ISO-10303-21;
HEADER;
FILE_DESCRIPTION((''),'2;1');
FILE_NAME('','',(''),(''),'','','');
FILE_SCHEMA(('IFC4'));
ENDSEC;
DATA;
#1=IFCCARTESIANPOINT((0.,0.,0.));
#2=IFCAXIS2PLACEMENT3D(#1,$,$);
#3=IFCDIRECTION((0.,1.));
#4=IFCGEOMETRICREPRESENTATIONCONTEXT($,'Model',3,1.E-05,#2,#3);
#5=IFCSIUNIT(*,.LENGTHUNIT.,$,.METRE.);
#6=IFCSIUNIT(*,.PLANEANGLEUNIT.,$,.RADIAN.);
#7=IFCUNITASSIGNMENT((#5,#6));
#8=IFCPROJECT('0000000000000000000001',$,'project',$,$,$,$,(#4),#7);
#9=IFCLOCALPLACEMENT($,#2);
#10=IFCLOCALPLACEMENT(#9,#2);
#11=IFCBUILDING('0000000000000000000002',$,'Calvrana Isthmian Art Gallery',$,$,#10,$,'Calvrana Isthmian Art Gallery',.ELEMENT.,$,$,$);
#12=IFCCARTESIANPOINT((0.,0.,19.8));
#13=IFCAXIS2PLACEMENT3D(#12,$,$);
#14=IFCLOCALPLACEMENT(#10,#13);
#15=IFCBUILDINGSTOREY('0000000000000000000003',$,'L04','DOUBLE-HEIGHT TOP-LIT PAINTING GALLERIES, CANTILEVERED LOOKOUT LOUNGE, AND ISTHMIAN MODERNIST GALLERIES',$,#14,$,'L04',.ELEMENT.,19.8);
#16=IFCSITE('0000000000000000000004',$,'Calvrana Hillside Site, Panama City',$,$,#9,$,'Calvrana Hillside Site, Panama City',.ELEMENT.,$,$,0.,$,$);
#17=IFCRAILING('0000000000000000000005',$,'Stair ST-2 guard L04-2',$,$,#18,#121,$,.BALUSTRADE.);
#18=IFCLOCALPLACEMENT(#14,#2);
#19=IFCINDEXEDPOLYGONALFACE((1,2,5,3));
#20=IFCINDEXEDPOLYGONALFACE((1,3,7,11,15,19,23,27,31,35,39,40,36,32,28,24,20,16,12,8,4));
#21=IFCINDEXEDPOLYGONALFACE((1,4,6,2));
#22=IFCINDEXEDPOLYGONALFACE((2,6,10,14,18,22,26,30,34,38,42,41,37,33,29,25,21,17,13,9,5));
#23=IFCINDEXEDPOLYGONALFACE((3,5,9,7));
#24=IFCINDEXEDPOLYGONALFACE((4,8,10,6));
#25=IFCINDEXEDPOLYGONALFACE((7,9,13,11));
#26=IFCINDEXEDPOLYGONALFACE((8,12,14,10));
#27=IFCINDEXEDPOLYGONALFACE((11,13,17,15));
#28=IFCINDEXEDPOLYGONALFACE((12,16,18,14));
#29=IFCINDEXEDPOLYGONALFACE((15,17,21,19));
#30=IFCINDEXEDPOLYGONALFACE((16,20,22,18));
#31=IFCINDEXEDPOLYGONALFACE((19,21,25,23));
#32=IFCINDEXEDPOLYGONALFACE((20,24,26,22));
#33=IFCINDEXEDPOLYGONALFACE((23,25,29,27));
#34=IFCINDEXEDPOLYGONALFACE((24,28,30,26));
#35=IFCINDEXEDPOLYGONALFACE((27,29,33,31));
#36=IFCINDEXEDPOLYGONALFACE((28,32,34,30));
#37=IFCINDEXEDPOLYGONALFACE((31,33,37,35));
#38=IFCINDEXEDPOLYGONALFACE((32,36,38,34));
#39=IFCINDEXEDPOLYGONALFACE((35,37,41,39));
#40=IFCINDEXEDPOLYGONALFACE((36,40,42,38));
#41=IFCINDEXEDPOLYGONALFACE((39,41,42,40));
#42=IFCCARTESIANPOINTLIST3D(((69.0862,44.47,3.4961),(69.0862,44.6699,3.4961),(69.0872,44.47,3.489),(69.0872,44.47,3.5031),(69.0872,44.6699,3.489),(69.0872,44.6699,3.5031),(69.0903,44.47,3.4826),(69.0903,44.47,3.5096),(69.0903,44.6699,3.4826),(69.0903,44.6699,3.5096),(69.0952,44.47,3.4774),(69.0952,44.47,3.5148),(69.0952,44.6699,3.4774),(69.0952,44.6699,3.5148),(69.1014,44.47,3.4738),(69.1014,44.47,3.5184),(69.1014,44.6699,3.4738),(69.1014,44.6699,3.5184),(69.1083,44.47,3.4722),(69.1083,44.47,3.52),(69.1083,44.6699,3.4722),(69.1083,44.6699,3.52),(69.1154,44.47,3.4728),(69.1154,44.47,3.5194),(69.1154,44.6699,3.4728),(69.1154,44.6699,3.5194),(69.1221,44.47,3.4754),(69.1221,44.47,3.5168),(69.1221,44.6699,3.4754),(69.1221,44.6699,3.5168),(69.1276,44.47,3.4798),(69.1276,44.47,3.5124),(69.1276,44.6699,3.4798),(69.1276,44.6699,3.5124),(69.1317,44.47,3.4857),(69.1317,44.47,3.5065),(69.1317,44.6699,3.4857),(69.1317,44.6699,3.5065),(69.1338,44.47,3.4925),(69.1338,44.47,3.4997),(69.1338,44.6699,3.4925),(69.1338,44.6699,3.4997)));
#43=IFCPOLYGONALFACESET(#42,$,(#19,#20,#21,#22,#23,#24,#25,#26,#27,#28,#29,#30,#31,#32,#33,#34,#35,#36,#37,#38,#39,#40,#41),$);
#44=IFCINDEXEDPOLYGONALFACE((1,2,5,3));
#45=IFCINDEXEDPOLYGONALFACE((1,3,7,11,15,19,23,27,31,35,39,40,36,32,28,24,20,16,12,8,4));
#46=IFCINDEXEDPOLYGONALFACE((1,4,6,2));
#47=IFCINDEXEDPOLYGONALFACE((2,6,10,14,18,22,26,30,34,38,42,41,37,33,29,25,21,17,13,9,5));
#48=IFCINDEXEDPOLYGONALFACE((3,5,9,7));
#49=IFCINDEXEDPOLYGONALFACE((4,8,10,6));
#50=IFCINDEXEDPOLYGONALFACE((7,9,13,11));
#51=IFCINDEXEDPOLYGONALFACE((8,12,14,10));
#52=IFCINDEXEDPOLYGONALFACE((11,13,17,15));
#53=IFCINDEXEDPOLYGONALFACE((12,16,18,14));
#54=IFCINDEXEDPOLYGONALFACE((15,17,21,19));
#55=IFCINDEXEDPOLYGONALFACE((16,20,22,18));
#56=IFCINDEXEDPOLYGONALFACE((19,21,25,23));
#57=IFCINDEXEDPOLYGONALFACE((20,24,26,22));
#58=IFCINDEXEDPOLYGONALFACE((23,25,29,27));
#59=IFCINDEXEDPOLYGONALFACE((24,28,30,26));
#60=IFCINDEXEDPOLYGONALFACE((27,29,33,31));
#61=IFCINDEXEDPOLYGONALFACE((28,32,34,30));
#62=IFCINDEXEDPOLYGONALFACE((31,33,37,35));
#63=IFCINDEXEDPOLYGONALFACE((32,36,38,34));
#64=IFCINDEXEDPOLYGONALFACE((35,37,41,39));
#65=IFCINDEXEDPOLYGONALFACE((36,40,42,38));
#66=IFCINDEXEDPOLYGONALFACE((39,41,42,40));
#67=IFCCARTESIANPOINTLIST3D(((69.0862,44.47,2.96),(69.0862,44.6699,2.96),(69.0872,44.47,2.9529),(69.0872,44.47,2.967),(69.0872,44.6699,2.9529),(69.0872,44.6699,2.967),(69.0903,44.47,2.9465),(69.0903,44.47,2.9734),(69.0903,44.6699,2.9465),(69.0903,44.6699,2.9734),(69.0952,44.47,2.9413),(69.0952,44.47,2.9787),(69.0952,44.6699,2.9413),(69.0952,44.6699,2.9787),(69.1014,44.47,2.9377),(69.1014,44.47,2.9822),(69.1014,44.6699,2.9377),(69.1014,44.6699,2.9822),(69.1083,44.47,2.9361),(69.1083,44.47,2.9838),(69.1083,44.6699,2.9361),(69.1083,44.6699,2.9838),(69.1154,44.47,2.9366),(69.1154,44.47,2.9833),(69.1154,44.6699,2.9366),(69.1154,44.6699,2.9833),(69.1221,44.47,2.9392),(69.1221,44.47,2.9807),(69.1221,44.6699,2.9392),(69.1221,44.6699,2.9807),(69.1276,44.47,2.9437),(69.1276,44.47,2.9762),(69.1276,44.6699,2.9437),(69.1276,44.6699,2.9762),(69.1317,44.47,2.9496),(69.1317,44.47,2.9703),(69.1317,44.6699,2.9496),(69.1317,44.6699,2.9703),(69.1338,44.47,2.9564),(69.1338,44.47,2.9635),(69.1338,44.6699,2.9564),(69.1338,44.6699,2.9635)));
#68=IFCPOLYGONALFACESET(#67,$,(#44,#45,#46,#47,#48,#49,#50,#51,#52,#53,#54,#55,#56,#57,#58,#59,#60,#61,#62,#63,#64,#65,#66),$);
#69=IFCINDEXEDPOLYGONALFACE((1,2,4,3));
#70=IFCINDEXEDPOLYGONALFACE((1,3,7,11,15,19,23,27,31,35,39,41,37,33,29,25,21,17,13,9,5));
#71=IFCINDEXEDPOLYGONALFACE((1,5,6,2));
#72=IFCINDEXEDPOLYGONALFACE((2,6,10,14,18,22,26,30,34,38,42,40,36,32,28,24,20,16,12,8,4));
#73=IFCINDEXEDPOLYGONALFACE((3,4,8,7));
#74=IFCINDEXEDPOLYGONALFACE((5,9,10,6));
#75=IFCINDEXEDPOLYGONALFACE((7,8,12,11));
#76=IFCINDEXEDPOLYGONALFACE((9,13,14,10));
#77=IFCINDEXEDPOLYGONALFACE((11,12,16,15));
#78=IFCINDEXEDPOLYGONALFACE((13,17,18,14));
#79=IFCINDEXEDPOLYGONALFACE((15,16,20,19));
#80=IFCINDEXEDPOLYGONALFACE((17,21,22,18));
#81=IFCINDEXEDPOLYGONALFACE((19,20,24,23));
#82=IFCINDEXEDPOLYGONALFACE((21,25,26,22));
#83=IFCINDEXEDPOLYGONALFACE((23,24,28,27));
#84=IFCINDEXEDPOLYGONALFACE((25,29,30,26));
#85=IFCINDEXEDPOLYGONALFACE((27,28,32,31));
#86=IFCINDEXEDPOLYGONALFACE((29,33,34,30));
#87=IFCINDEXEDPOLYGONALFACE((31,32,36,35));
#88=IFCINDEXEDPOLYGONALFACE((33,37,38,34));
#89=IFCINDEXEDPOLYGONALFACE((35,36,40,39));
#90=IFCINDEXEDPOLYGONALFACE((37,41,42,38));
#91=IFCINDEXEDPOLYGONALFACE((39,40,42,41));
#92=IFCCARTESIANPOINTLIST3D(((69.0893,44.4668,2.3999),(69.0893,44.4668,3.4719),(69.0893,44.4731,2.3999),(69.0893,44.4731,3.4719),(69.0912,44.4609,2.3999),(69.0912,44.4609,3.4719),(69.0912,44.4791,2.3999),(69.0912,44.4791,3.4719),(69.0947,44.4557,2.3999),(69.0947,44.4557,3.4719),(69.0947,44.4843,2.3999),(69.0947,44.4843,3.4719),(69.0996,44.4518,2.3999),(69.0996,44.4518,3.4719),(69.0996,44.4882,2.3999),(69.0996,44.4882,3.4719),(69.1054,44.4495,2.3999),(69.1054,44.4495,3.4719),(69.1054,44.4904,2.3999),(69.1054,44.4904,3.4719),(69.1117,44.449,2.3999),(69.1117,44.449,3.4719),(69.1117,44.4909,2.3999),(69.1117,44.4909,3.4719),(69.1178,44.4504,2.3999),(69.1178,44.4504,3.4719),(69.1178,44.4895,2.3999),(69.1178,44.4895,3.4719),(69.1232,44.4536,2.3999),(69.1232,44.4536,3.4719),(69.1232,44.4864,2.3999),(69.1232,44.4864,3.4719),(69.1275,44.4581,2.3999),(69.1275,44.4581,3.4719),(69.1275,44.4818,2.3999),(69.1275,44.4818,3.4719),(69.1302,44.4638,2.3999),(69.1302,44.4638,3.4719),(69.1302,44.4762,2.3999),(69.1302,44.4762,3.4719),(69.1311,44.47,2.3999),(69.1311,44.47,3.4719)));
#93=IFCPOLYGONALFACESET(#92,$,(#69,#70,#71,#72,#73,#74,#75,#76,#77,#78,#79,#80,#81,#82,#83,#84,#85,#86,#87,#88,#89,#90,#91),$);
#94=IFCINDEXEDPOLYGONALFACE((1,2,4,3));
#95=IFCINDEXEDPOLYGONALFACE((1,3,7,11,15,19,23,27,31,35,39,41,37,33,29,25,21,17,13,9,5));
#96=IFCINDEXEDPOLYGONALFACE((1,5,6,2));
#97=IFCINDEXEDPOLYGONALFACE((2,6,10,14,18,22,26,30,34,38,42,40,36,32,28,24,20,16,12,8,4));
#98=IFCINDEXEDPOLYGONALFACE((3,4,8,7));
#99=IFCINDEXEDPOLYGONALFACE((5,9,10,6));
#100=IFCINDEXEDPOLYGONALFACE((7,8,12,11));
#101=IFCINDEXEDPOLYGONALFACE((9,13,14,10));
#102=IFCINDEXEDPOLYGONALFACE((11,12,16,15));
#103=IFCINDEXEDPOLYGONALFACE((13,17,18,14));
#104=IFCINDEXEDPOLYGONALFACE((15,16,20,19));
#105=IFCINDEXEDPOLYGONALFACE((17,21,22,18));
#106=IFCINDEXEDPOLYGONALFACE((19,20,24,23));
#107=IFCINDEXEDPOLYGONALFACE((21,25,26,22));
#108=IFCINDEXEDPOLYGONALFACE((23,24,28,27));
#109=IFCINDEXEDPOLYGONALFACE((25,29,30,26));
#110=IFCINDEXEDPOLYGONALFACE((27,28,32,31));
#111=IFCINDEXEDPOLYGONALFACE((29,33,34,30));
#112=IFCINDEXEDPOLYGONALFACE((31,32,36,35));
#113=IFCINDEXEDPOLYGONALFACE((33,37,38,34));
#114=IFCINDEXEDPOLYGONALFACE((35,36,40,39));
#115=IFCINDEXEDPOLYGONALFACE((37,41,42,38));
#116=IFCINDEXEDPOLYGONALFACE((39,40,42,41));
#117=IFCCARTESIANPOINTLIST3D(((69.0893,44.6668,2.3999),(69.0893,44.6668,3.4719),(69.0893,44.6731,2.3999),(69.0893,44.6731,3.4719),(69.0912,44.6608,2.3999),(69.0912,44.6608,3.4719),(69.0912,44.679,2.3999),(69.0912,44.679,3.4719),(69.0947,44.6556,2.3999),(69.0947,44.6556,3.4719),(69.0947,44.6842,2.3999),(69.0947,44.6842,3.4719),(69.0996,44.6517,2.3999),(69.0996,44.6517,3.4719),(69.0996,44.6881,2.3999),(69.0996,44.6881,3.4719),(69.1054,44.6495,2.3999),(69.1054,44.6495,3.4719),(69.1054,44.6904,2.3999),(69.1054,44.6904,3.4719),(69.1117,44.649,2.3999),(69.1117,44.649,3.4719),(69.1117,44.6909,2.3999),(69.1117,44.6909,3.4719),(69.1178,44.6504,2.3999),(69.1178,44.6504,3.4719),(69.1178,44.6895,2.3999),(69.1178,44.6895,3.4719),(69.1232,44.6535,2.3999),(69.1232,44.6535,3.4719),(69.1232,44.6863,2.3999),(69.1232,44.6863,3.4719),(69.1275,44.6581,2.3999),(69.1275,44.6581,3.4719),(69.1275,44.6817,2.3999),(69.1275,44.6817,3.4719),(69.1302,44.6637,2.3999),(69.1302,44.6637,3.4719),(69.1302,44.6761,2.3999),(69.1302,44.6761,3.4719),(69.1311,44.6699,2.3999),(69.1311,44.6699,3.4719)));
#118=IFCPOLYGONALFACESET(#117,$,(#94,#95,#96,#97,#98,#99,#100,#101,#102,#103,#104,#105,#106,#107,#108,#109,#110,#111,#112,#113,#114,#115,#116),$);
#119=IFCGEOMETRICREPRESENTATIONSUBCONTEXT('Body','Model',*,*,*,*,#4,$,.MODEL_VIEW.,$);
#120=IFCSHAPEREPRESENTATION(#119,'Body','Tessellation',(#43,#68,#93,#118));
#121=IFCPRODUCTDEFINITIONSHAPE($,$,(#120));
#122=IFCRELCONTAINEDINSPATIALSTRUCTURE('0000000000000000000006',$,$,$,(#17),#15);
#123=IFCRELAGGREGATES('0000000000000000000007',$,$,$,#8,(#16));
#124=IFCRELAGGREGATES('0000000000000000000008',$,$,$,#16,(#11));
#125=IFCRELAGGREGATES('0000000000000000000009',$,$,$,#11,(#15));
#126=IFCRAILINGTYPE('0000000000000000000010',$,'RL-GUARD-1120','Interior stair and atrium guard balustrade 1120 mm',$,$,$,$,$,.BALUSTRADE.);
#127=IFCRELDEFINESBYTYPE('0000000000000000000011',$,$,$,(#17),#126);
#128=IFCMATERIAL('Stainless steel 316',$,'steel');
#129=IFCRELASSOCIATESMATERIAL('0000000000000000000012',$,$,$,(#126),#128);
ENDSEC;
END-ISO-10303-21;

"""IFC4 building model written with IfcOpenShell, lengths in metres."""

from ifc_helpers import new_model, si_unit, direction, frame, origin, origin_2d, place, context, subcontext, project, spatial, circle, extrude, material, type_object, element, save


model = new_model("IFC4")

# Units and contexts
model_context = context("Model", 3, precision=1e-05, world=origin(), true_north=direction((0.0, 1.0)))
body_context = subcontext(model_context, "Body", "Model", "MODEL_VIEW")
ifc_project = project(units=[si_unit("LENGTHUNIT", "METRE"), si_unit("PLANEANGLEUNIT", "RADIAN")], contexts=[model_context])

# Site, building, storey
site_placement = place(None, origin())
site = spatial("IfcSite", under=ifc_project, at=site_placement, Name="Calvrana Hillside Site, Panama City", LongName="Calvrana Hillside Site, Panama City", CompositionType="ELEMENT", RefElevation=0.0)
building_placement = place(site_placement, origin())
building = spatial("IfcBuilding", under=site, at=building_placement, Name="Calvrana Isthmian Art Gallery", LongName="Calvrana Isthmian Art Gallery", CompositionType="ELEMENT")
storey_placement = place(building_placement, frame((0.0, 0.0, 19.8)))
storey = spatial("IfcBuildingStorey", under=building, at=storey_placement, Name="L04", Description="DOUBLE-HEIGHT TOP-LIT PAINTING GALLERIES, CANTILEVERED LOOKOUT LOUNGE, AND ISTHMIAN MODERNIST GALLERIES", LongName="L04", CompositionType="ELEMENT", Elevation=19.8)

# Railing
ifc_material_1 = material(Name="Stainless steel 316", Category="steel")
railing_type_1 = type_object("IfcRailingType", Name="RL-GUARD-1120", Description="Interior stair and atrium guard balustrade 1120 mm", PredefinedType="BALUSTRADE", material=ifc_material_1)
railing_1_placement = place(storey_placement, frame((69.1101, 44.47, 2.3999)))
element("IfcRailing", 1, at=railing_1_placement, inside=storey, type_object=railing_type_1, Name="Stair ST-2 guard L04-2", PredefinedType="BALUSTRADE", context=body_context, shape_type="SweptSolid", body=[
    extrude(circle(Radius=0.0239, at=origin_2d()), frame((0.0, 0.0, 1.0962), z_axis=(0.0, 1.0, 0.0), x_axis=(-1.0, 0.0, 0.0)), (0.0, 0.0, 1.0), 0.2),
    extrude(circle(Radius=0.0239, at=origin_2d()), frame((0.0, 0.0, 0.5601), z_axis=(0.0, 1.0, 0.0), x_axis=(-1.0, 0.0, 0.0)), (0.0, 0.0, 1.0), 0.2),
    extrude(circle(Radius=0.021, at=origin_2d()), origin(), (0.0, 0.0, 1.0), 1.072),
    extrude(circle(Radius=0.021, at=origin_2d()), frame((0.0, 0.2, 0.0)), (0.0, 0.0, 1.0), 1.072),
])

save(model, "model.ifc")
